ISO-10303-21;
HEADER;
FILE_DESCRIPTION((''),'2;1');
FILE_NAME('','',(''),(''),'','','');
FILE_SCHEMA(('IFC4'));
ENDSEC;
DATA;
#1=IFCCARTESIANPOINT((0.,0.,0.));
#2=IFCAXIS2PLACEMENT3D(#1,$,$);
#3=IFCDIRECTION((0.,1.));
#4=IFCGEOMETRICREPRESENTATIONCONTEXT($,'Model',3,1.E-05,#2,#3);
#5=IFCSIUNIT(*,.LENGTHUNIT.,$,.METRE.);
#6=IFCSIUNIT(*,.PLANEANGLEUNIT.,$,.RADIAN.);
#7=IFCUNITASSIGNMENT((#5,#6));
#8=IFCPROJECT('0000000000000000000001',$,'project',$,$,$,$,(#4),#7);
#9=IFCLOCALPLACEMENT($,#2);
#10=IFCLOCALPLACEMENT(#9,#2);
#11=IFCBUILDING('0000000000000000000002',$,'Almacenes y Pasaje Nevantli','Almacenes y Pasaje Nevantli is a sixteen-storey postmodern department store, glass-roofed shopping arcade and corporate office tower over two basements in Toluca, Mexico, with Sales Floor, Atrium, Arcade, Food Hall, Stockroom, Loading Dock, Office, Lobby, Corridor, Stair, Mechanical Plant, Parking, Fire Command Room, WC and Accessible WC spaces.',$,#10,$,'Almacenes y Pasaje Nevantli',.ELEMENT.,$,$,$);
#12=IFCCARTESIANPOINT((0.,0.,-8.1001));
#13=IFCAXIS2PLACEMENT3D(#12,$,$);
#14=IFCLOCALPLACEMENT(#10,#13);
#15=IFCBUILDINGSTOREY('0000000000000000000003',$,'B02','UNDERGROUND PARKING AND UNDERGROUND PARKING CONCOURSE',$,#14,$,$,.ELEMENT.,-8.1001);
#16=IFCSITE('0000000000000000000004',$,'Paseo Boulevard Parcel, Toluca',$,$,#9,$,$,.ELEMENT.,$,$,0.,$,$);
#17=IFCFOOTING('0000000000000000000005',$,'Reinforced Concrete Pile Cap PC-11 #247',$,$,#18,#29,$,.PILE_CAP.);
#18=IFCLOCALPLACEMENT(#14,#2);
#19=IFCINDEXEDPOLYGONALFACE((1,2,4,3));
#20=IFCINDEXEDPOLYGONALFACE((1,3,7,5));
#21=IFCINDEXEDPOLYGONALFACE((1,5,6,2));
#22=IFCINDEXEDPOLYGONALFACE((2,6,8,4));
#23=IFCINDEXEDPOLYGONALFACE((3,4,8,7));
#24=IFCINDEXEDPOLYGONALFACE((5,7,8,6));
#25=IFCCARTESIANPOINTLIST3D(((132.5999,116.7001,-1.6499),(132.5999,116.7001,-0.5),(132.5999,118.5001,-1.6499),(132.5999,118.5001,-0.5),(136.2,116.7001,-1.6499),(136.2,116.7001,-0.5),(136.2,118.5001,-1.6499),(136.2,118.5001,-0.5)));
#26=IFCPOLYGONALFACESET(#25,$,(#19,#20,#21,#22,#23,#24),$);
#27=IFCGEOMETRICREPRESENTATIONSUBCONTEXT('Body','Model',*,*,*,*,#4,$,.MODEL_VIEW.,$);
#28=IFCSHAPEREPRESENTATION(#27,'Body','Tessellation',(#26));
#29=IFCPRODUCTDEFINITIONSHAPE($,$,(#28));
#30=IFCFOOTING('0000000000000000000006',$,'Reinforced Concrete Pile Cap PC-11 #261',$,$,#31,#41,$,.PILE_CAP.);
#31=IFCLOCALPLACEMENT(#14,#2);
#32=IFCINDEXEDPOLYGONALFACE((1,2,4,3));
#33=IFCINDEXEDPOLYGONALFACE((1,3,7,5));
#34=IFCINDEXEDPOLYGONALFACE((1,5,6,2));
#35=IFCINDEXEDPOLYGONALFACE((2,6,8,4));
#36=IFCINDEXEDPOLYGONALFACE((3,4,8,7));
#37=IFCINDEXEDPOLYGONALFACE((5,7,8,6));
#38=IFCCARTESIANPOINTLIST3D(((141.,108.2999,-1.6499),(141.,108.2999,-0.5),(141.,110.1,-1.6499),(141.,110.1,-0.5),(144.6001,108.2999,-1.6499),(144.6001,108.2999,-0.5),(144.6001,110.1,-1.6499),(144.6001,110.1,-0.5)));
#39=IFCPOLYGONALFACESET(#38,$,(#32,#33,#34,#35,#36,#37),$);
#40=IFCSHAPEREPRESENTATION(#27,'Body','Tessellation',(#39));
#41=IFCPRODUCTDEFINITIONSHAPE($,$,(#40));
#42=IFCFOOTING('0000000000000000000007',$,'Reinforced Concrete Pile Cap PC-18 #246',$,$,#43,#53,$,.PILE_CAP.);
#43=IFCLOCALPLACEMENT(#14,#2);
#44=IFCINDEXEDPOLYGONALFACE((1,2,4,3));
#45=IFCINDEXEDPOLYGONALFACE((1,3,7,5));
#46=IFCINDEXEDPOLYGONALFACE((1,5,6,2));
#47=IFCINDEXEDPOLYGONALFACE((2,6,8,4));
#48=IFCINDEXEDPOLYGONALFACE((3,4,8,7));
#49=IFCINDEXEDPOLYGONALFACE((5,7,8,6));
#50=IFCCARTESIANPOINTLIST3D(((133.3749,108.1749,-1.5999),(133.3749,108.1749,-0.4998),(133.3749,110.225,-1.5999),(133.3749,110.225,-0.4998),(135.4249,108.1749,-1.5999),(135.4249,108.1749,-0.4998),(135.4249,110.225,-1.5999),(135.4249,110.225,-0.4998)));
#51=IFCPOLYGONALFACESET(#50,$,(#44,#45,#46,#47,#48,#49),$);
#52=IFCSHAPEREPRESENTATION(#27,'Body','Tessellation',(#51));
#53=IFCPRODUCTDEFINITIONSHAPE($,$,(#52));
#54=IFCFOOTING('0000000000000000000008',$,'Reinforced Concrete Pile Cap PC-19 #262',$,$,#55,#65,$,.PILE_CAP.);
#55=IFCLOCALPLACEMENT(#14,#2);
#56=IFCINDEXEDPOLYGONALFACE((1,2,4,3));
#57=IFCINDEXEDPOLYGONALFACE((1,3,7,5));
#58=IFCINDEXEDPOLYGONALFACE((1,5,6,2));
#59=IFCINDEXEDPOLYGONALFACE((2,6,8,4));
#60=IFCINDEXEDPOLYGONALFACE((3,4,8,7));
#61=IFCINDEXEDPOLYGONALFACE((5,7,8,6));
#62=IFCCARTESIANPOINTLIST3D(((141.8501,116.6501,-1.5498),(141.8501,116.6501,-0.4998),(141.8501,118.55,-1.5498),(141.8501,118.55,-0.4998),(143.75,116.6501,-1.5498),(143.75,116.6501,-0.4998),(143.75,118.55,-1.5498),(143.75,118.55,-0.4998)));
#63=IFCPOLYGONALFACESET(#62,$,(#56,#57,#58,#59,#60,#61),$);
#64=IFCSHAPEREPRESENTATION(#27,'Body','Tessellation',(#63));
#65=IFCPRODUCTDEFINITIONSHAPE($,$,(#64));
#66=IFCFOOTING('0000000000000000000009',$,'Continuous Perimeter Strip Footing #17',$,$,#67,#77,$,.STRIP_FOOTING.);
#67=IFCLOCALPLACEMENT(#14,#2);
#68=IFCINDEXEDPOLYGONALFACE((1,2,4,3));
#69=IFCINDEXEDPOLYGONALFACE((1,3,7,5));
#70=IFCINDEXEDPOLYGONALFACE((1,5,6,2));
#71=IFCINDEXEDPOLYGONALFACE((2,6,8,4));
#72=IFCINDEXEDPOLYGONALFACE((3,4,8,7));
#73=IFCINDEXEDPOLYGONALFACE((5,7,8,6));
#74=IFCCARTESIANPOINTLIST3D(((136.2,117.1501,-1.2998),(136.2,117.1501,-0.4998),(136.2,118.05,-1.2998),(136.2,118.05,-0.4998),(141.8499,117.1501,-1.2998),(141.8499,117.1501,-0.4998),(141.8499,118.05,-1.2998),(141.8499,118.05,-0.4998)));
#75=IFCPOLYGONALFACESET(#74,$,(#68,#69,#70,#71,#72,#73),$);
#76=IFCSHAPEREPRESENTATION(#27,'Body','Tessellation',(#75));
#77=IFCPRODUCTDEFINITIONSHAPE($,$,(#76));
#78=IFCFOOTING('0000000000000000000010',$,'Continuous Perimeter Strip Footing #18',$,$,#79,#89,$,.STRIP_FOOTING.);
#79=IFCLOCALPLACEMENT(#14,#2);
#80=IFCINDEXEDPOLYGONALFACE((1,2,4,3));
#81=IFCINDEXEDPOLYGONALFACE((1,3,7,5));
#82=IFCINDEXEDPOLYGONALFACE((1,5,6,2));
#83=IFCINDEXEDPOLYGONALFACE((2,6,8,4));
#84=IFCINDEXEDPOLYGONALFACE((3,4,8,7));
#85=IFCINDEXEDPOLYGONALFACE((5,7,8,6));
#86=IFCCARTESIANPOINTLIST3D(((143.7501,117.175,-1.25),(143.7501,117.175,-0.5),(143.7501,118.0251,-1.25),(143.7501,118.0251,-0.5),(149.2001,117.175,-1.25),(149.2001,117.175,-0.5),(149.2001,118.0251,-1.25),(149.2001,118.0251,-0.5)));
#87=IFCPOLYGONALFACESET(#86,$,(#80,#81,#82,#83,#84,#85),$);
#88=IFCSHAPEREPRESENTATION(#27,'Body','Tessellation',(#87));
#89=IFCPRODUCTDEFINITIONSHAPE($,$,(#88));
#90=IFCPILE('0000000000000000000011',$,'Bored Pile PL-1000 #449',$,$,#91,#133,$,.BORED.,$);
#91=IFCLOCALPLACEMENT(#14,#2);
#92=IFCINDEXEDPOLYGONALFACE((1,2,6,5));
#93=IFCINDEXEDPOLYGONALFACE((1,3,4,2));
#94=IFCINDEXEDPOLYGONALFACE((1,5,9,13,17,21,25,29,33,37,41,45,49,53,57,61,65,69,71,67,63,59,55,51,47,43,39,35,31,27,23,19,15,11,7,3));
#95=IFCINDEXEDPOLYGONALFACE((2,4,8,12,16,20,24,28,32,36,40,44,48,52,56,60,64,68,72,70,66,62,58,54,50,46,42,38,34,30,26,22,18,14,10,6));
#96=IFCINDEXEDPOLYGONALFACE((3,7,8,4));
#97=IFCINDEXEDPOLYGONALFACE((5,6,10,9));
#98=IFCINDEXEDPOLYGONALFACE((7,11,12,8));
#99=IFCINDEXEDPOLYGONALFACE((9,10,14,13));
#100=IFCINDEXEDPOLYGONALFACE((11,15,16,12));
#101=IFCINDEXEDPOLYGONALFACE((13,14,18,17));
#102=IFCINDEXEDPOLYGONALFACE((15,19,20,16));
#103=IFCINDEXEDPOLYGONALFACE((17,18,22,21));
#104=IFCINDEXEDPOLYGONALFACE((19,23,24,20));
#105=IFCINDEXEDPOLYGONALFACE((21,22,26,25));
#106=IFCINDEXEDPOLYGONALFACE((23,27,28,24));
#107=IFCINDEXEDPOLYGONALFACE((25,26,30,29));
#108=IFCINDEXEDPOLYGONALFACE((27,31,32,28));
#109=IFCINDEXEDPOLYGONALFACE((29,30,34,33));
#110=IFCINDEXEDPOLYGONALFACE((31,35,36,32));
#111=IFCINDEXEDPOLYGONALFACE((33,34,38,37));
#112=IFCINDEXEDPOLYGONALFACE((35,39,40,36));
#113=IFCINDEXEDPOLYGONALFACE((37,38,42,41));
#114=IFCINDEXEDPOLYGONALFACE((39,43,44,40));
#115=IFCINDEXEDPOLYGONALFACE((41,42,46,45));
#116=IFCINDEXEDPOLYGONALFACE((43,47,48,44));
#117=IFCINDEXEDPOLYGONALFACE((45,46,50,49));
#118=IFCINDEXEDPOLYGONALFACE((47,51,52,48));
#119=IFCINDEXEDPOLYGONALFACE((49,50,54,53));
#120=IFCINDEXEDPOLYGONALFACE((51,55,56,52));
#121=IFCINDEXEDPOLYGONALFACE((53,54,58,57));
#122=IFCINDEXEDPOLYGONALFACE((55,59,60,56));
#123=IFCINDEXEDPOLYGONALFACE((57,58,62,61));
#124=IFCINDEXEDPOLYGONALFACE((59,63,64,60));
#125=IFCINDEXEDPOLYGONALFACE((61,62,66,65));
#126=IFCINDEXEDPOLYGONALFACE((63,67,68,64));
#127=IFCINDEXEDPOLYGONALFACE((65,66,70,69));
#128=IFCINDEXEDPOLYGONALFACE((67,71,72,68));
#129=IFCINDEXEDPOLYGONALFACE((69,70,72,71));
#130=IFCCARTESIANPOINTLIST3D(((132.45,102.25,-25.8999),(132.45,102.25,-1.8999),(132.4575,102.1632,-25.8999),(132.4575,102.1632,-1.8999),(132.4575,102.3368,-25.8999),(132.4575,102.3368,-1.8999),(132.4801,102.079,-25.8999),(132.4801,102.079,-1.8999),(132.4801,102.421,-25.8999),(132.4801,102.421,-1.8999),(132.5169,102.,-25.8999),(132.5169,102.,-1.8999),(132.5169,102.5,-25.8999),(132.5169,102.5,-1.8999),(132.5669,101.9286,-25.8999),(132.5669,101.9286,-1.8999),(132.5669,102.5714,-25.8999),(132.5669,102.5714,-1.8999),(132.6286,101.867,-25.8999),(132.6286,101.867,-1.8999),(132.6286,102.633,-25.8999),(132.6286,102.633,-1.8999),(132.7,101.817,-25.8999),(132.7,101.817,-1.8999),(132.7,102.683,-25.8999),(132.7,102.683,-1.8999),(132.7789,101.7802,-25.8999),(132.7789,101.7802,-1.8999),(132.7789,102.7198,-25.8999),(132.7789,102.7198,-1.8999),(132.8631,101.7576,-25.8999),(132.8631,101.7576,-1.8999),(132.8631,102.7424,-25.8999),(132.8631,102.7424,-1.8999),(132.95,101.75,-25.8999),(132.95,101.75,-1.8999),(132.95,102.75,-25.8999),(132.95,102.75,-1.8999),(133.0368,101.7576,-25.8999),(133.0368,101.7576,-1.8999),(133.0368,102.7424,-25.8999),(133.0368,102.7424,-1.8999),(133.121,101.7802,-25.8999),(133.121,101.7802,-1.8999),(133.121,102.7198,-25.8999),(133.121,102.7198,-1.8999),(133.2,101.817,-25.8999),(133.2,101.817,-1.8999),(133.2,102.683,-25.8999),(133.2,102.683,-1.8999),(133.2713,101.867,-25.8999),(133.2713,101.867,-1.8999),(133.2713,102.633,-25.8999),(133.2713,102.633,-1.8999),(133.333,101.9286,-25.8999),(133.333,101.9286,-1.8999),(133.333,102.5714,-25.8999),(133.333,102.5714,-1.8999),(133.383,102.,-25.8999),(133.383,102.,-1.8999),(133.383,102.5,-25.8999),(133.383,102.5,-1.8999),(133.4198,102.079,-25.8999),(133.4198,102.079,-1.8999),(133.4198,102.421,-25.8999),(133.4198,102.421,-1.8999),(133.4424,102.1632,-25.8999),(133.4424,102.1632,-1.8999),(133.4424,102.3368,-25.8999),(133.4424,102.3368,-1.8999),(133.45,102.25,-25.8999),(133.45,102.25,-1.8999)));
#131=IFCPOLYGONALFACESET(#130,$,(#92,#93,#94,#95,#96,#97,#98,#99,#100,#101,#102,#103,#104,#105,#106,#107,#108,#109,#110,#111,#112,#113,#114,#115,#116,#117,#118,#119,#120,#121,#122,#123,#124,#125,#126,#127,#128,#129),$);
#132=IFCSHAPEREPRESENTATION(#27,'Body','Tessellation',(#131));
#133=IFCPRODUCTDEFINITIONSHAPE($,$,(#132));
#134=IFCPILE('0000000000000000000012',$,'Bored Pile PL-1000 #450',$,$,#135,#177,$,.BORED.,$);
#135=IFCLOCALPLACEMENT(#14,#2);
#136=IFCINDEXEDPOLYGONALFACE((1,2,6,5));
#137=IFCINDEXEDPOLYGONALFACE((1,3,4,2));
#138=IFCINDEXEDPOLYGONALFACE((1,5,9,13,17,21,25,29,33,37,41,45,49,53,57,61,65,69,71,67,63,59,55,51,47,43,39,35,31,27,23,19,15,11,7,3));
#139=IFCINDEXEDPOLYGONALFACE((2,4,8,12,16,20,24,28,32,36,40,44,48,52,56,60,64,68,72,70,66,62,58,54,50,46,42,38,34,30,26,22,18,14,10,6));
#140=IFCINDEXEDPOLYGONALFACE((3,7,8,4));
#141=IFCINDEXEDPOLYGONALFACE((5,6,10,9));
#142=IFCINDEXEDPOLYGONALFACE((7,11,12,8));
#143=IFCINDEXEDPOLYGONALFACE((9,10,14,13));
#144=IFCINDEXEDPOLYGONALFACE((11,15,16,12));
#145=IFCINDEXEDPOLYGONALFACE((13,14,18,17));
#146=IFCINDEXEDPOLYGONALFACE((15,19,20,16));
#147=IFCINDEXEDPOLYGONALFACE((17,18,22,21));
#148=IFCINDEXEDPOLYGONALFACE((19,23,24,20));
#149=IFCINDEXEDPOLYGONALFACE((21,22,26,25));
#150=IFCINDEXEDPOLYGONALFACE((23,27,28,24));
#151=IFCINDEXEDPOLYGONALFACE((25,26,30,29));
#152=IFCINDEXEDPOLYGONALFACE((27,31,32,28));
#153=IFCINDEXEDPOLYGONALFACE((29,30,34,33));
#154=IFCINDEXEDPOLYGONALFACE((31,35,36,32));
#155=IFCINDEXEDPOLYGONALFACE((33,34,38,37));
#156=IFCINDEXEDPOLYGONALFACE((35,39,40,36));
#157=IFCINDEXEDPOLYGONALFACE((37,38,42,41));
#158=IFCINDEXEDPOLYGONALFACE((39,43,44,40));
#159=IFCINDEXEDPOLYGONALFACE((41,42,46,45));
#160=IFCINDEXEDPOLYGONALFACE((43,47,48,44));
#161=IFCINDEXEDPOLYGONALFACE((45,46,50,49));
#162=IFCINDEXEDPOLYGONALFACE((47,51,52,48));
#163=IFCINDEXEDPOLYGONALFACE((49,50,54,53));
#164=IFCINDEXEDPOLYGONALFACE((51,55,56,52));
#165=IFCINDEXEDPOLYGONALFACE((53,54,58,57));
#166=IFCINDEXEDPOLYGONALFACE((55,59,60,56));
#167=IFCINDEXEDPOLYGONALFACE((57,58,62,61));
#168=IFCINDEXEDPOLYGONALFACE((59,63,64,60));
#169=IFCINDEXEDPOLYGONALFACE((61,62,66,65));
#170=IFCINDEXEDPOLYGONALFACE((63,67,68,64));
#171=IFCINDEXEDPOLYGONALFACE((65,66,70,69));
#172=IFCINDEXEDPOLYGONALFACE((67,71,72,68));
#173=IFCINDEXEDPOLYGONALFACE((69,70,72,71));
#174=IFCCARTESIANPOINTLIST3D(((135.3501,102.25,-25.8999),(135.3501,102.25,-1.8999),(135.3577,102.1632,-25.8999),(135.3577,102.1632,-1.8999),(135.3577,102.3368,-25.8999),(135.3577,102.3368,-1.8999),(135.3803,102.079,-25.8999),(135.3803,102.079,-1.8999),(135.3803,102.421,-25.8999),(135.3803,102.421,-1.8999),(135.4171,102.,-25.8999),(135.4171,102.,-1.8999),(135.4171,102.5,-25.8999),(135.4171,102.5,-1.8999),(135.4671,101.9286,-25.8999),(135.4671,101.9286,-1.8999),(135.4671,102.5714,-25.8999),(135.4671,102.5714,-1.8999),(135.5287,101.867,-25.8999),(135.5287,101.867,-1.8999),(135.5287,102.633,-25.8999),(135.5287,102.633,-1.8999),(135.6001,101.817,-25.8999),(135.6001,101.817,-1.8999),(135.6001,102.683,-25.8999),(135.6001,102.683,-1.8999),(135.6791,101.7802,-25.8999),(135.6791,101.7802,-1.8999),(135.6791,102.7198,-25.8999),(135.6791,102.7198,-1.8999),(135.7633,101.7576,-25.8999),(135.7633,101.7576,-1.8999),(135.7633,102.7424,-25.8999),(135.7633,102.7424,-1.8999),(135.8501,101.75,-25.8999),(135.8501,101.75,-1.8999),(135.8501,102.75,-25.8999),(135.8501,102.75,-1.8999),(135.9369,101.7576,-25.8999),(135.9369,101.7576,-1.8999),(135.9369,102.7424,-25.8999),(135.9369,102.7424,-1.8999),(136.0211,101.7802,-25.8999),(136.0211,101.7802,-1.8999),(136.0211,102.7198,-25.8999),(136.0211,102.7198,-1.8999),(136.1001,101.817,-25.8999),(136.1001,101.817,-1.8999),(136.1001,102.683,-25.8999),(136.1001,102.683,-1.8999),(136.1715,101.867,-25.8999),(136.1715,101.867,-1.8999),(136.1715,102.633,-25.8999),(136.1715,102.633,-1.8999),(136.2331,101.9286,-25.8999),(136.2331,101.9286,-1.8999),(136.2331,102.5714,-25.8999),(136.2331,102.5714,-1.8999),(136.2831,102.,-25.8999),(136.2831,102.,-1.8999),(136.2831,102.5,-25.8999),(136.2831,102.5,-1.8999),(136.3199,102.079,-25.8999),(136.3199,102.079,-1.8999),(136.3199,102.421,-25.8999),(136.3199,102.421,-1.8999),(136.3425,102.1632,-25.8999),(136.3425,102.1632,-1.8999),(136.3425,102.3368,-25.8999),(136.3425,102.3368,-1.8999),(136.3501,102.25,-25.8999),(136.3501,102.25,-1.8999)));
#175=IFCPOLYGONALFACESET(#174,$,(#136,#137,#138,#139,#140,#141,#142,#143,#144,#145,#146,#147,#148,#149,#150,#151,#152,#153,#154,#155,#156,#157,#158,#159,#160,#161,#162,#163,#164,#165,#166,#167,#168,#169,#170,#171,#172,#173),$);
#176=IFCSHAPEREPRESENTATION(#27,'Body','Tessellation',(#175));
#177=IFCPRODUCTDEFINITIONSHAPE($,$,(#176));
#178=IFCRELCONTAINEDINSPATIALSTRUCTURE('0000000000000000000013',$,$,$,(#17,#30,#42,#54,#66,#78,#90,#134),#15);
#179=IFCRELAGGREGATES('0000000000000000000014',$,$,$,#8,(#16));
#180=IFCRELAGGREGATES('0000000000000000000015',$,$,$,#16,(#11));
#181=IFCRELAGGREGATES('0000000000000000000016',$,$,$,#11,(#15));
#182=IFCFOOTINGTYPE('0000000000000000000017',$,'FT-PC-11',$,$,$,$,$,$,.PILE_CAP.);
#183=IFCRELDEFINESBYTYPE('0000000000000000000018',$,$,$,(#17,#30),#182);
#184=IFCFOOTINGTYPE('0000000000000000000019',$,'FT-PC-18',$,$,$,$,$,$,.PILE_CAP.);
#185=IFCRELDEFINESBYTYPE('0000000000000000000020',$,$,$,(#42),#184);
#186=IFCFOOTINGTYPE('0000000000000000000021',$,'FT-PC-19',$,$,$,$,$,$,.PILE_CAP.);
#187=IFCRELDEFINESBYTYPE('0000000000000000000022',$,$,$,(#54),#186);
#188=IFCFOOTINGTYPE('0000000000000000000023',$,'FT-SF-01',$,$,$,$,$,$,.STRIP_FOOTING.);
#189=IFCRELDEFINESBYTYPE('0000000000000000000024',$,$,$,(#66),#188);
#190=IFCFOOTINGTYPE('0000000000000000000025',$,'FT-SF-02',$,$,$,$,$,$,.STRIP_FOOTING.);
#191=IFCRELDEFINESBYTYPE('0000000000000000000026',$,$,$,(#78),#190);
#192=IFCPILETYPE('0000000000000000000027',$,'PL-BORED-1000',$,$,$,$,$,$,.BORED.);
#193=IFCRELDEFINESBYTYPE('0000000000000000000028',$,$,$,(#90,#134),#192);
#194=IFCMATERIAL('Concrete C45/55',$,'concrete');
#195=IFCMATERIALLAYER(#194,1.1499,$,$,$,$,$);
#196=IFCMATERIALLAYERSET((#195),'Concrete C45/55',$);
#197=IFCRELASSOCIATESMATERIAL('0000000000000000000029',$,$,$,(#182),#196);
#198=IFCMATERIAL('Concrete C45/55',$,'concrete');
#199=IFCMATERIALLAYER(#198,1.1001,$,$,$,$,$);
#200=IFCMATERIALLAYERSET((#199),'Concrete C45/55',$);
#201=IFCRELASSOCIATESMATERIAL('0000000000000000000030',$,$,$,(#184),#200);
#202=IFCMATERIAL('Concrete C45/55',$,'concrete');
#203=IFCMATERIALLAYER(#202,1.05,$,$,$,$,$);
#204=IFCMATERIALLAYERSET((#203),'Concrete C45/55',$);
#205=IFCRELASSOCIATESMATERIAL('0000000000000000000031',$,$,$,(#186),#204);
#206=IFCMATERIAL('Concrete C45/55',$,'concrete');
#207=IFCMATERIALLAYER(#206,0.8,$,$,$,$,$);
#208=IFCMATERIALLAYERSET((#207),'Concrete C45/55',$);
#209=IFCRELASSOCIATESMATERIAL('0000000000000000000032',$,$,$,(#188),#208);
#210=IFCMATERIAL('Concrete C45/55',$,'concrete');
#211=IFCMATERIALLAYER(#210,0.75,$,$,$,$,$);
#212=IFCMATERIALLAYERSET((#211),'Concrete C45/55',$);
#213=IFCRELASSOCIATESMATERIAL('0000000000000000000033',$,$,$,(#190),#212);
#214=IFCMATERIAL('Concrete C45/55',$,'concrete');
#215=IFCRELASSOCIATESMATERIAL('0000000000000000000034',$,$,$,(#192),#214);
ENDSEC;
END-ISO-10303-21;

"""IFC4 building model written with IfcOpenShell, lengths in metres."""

from ifc_helpers import new_model, si_unit, direction, frame, origin, origin_2d, place, context, subcontext, project, spatial, rectangle, circle, extrude, material, layer, layer_set, material_profile, profile_set, type_object, element, save


model = new_model("IFC4")

# Units and contexts
model_context = context("Model", 3, precision=1e-05, world=origin(), true_north=direction((0.0, 1.0)))
body_context = subcontext(model_context, "Body", "Model", "MODEL_VIEW")
ifc_project = project(units=[si_unit("LENGTHUNIT", "METRE"), si_unit("PLANEANGLEUNIT", "RADIAN")], contexts=[model_context])

# Site, building, storey
site_placement = place(None, origin())
site = spatial("IfcSite", under=ifc_project, at=site_placement, Name="Paseo Boulevard Parcel, Toluca", CompositionType="ELEMENT", RefElevation=0.0)
building_placement = place(site_placement, origin())
building = spatial("IfcBuilding", under=site, at=building_placement, Name="Almacenes y Pasaje Nevantli", Description="Almacenes y Pasaje Nevantli is a sixteen-storey postmodern department store, glass-roofed shopping arcade and corporate office tower over two basements in Toluca, Mexico, with Sales Floor, Atrium, Arcade, Food Hall, Stockroom, Loading Dock, Office, Lobby, Corridor, Stair, Mechanical Plant, Parking, Fire Command Room, WC and Accessible WC spaces.", LongName="Almacenes y Pasaje Nevantli", CompositionType="ELEMENT")
storey_placement = place(building_placement, frame((0.0, 0.0, -8.1001)))
storey = spatial("IfcBuildingStorey", under=building, at=storey_placement, Name="B02", Description="UNDERGROUND PARKING AND UNDERGROUND PARKING CONCOURSE", CompositionType="ELEMENT", Elevation=-8.1001)

# Footings
ifc_material_1 = material(Name="Concrete C45/55", Category="concrete")
ifc_layer_1 = layer(ifc_material_1, 1.1499)
ifc_layer_set_1 = layer_set([ifc_layer_1], Name="Concrete C45/55")
footing_type_1 = type_object("IfcFootingType", Name="FT-PC-11", PredefinedType="PILE_CAP", material=ifc_layer_set_1)
for number, where, z_axis, x_axis, name in (
    (1, (134.3999, 117.6001, -1.6499), (0.0, 0.0, 1.0), (1.0, 0.0, 0.0), "Reinforced Concrete Pile Cap PC-11 #247"),
    (2, (142.8, 109.2, -1.6499), (0.0, 0.0, 1.0), (1.0, 0.0, 0.0), "Reinforced Concrete Pile Cap PC-11 #261"),
):
    element("IfcFooting", number, at=place(storey_placement, frame(where, z_axis=z_axis, x_axis=x_axis)), inside=storey, type_object=footing_type_1, Name=name, PredefinedType="PILE_CAP", context=body_context, shape_type="SweptSolid", body=[
        extrude(rectangle(XDim=3.6001, YDim=1.8, at=origin_2d()), origin(), (0.0, 0.0, 1.0), 1.1499),
    ])
ifc_material_2 = material(Name="Concrete C45/55", Category="concrete")
ifc_layer_2 = layer(ifc_material_2, 1.1001)
ifc_layer_set_2 = layer_set([ifc_layer_2], Name="Concrete C45/55")
footing_type_2 = type_object("IfcFootingType", Name="FT-PC-18", PredefinedType="PILE_CAP", material=ifc_layer_set_2)
footing_1_placement = place(storey_placement, frame((134.3999, 109.2, -1.5999), z_axis=(0.0, 0.0, 1.0), x_axis=(1.0, 0.0, 0.0)))
element("IfcFooting", 3, at=footing_1_placement, inside=storey, type_object=footing_type_2, Name="Reinforced Concrete Pile Cap PC-18 #246", PredefinedType="PILE_CAP", context=body_context, shape_type="SweptSolid", body=[
    extrude(rectangle(XDim=2.05, YDim=2.05, at=origin_2d()), origin(), (0.0, 0.0, 1.0), 1.1001),
])
ifc_material_3 = material(Name="Concrete C45/55", Category="concrete")
ifc_layer_3 = layer(ifc_material_3, 1.05)
ifc_layer_set_3 = layer_set([ifc_layer_3], Name="Concrete C45/55")
footing_type_3 = type_object("IfcFootingType", Name="FT-PC-19", PredefinedType="PILE_CAP", material=ifc_layer_set_3)
footing_2_placement = place(storey_placement, frame((142.8, 117.6001, -1.5498), z_axis=(0.0, 0.0, 1.0), x_axis=(1.0, 0.0, 0.0)))
element("IfcFooting", 4, at=footing_2_placement, inside=storey, type_object=footing_type_3, Name="Reinforced Concrete Pile Cap PC-19 #262", PredefinedType="PILE_CAP", context=body_context, shape_type="SweptSolid", body=[
    extrude(rectangle(XDim=1.8999, YDim=1.8999, at=origin_2d()), origin(), (0.0, 0.0, 1.0), 1.05),
])
ifc_material_4 = material(Name="Concrete C45/55", Category="concrete")
ifc_layer_4 = layer(ifc_material_4, 0.8)
ifc_layer_set_4 = layer_set([ifc_layer_4], Name="Concrete C45/55")
footing_type_4 = type_object("IfcFootingType", Name="FT-SF-01", PredefinedType="STRIP_FOOTING", material=ifc_layer_set_4)
footing_3_placement = place(storey_placement, frame((139.0249, 117.6001, -1.2998), z_axis=(0.0, 0.0, 1.0), x_axis=(1.0, 0.0, 0.0)))
element("IfcFooting", 5, at=footing_3_placement, inside=storey, type_object=footing_type_4, Name="Continuous Perimeter Strip Footing #17", PredefinedType="STRIP_FOOTING", context=body_context, shape_type="SweptSolid", body=[
    extrude(rectangle(XDim=5.6499, YDim=0.8999, at=origin_2d()), origin(), (0.0, 0.0, 1.0), 0.8),
])
ifc_material_5 = material(Name="Concrete C45/55", Category="concrete")
ifc_layer_5 = layer(ifc_material_5, 0.75)
ifc_layer_set_5 = layer_set([ifc_layer_5], Name="Concrete C45/55")
footing_type_5 = type_object("IfcFootingType", Name="FT-SF-02", PredefinedType="STRIP_FOOTING", material=ifc_layer_set_5)
footing_4_placement = place(storey_placement, frame((146.4751, 117.6001, -1.25), z_axis=(0.0, 0.0, 1.0), x_axis=(1.0, 0.0, 0.0)))
element("IfcFooting", 6, at=footing_4_placement, inside=storey, type_object=footing_type_5, Name="Continuous Perimeter Strip Footing #18", PredefinedType="STRIP_FOOTING", context=body_context, shape_type="SweptSolid", body=[
    extrude(rectangle(XDim=5.45, YDim=0.8501, at=origin_2d()), origin(), (0.0, 0.0, 1.0), 0.75),
])

# Piles
ifc_material_6 = material(Name="Concrete C45/55", Category="concrete")
ifc_material_profile_1 = material_profile(ifc_material_6, circle(Radius=0.5, at=origin_2d()), Name="RC-PILE-D1000")
ifc_profile_set_1 = profile_set([ifc_material_profile_1], Name="Concrete C45/55")
pile_type_1 = type_object("IfcPileType", Name="PL-BORED-1000", PredefinedType="BORED", material=ifc_profile_set_1)
for number, where, z_axis, x_axis, name in (
    (7, (132.95, 102.25, -1.8999), (0.0, 0.0, -1.0), (1.0, 0.0, 0.0), "Bored Pile PL-1000 #449"),
    (8, (135.8501, 102.25, -1.8999), (0.0, 0.0, -1.0), (1.0, 0.0, 0.0), "Bored Pile PL-1000 #450"),
):
    element("IfcPile", number, at=place(storey_placement, frame(where, z_axis=z_axis, x_axis=x_axis)), inside=storey, type_object=pile_type_1, Name=name, PredefinedType="BORED", context=body_context, shape_type="SweptSolid", body=[
        extrude(circle(Radius=0.5, at=origin_2d()), origin(), (0.0, 0.0, 1.0), 24.0),
    ])

save(model, "model.ifc")
